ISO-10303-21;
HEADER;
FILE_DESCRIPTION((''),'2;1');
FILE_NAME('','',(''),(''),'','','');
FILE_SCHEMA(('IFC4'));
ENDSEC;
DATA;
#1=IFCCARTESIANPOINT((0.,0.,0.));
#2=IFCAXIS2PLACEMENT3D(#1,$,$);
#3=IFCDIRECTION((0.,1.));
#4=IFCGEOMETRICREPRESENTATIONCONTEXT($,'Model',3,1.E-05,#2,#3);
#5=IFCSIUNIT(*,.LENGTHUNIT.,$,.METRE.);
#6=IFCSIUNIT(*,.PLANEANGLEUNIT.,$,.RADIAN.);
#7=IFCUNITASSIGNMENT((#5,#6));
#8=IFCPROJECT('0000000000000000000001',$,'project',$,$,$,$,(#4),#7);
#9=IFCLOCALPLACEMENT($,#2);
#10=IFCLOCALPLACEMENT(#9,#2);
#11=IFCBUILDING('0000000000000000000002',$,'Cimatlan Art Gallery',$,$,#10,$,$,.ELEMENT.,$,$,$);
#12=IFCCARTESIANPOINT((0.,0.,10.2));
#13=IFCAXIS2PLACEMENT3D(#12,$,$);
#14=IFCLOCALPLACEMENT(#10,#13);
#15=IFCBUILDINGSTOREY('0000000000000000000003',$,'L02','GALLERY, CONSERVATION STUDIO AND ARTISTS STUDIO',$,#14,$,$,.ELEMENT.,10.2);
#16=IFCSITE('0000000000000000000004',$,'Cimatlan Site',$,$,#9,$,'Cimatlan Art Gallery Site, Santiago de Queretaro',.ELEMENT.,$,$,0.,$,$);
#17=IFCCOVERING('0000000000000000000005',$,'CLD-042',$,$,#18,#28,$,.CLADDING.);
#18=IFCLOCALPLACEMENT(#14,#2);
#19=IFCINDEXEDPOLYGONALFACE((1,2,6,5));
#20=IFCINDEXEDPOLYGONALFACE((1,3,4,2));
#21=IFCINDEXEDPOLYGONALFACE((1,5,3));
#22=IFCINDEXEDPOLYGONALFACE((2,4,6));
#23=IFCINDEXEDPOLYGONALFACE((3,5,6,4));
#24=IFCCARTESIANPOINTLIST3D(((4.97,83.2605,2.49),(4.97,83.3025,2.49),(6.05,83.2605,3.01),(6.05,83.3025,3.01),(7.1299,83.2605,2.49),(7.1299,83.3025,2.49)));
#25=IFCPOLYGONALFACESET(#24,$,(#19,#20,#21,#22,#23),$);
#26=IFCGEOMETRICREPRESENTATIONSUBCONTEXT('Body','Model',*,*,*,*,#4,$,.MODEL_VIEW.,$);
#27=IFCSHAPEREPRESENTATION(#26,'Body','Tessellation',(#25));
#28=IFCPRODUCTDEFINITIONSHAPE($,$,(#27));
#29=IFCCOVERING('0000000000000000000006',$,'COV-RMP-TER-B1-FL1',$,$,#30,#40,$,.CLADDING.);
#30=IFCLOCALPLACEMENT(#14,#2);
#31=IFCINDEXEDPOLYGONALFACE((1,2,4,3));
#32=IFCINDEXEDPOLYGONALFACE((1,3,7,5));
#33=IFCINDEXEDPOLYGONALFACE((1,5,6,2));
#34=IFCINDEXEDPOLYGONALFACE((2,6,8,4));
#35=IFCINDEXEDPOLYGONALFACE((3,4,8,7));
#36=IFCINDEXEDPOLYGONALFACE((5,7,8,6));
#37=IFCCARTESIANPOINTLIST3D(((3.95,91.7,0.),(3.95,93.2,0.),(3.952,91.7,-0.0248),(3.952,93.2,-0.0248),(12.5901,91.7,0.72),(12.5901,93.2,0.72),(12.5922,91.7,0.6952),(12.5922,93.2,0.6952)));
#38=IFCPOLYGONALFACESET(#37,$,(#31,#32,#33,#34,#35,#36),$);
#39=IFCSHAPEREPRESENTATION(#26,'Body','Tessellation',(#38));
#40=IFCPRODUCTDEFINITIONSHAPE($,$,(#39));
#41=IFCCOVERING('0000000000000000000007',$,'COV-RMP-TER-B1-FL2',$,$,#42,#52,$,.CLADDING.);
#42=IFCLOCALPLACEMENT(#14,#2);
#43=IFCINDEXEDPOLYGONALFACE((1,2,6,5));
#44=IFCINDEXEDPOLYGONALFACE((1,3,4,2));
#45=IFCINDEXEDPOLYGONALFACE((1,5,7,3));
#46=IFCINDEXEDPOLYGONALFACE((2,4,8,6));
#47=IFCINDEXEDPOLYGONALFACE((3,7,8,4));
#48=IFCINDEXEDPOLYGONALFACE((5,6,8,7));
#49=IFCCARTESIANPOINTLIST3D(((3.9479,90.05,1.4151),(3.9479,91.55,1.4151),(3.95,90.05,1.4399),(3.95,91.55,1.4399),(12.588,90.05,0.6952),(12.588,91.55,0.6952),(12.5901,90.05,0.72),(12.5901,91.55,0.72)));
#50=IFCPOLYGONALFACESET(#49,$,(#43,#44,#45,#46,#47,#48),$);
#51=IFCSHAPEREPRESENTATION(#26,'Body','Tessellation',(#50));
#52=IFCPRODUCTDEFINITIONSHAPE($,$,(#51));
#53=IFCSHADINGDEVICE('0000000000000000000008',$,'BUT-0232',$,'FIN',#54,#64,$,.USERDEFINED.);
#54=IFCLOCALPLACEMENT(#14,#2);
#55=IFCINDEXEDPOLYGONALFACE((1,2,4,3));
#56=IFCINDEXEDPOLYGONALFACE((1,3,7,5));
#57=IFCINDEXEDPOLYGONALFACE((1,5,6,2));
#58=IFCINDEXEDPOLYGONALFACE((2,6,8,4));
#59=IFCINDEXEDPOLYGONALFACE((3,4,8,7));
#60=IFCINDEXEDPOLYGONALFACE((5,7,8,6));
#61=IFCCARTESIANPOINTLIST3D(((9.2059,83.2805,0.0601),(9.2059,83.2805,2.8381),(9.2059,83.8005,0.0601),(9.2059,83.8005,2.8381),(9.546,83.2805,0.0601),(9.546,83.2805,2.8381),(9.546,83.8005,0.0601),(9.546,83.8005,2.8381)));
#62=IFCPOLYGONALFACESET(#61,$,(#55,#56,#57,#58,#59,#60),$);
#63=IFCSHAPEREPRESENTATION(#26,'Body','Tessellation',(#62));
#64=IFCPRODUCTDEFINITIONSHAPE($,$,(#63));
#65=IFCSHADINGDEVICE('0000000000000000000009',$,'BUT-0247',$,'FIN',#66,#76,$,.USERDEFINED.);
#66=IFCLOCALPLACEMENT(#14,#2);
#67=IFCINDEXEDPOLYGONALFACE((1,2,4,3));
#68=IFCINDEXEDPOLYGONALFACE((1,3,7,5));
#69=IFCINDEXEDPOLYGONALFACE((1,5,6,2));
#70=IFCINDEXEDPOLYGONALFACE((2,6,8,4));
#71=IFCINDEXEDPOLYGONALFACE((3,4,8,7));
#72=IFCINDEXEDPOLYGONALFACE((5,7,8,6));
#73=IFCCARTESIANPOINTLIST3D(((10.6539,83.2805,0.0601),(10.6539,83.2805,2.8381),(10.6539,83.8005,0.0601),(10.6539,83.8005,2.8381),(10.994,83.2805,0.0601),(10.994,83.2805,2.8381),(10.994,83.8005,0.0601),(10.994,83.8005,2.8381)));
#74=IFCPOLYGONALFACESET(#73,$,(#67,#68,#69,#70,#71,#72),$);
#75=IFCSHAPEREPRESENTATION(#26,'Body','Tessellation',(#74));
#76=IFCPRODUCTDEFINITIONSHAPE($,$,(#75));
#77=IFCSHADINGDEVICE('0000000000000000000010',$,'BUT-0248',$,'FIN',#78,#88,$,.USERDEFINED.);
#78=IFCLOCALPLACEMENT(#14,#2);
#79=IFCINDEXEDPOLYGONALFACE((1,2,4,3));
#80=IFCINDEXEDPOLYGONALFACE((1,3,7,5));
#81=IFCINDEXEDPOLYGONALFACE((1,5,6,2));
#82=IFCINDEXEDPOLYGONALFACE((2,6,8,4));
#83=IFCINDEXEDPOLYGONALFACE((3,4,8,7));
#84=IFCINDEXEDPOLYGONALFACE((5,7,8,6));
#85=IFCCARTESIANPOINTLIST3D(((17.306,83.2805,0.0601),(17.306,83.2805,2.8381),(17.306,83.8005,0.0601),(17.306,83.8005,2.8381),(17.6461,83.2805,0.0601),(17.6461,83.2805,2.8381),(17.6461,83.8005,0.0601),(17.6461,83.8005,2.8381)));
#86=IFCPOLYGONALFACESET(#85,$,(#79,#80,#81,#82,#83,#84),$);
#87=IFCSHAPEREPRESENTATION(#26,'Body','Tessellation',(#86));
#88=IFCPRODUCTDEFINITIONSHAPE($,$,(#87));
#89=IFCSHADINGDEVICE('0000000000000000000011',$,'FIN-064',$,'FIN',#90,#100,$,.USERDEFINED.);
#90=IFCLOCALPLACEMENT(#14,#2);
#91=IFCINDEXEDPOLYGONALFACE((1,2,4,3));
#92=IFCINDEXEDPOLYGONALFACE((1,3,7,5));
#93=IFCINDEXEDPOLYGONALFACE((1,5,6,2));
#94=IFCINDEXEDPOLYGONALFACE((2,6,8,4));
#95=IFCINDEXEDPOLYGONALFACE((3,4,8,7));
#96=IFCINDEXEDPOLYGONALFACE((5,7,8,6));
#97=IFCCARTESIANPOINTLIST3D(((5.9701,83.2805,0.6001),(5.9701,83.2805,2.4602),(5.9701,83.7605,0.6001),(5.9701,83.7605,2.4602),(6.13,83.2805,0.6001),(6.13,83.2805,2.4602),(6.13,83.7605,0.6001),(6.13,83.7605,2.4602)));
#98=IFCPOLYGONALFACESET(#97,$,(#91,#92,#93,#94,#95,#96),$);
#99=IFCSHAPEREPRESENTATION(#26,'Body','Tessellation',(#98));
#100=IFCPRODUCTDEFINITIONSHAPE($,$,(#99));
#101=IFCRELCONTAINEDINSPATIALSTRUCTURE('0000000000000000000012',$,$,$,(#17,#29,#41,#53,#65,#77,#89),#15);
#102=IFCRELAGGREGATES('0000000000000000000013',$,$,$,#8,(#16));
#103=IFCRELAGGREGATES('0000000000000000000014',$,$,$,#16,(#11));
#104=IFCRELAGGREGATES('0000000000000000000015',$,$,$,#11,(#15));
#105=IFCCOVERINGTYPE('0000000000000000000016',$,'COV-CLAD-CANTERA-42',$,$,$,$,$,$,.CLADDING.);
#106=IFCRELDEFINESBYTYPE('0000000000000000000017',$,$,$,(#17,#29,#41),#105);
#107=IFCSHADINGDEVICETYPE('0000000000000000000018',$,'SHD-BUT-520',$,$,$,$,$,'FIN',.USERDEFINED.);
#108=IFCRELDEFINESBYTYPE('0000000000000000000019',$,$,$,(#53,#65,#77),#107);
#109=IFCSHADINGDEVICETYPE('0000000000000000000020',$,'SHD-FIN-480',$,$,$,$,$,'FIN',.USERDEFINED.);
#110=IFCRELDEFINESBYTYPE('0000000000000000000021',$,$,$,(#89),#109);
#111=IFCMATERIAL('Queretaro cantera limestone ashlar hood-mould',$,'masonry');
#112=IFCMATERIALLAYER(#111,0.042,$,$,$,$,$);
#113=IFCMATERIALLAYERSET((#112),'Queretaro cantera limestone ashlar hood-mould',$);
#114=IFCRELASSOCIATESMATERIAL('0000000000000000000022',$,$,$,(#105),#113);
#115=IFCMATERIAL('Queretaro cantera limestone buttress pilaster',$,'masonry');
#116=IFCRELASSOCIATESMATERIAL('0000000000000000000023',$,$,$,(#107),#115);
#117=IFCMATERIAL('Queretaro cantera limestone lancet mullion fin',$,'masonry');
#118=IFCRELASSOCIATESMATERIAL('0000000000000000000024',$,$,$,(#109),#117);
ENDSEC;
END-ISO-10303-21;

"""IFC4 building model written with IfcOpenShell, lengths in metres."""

from ifc_helpers import new_model, si_unit, direction, frame, origin, origin_2d, place, context, subcontext, project, spatial, polyline, rectangle, outline, extrude, material, layer, layer_set, type_object, element, save


model = new_model("IFC4")

# Units and contexts
model_context = context("Model", 3, precision=1e-05, world=origin(), true_north=direction((0.0, 1.0)))
body_context = subcontext(model_context, "Body", "Model", "MODEL_VIEW")
ifc_project = project(units=[si_unit("LENGTHUNIT", "METRE"), si_unit("PLANEANGLEUNIT", "RADIAN")], contexts=[model_context])

# Site, building, storey
site_placement = place(None, origin())
site = spatial("IfcSite", under=ifc_project, at=site_placement, Name="Cimatlan Site", LongName="Cimatlan Art Gallery Site, Santiago de Queretaro", CompositionType="ELEMENT", RefElevation=0.0)
building_placement = place(site_placement, origin())
building = spatial("IfcBuilding", under=site, at=building_placement, Name="Cimatlan Art Gallery", CompositionType="ELEMENT")
storey_placement = place(building_placement, frame((0.0, 0.0, 10.2)))
storey = spatial("IfcBuildingStorey", under=building, at=storey_placement, Name="L02", Description="GALLERY, CONSERVATION STUDIO AND ARTISTS STUDIO", CompositionType="ELEMENT", Elevation=10.2)

# Coverings
ifc_material_1 = material(Name="Queretaro cantera limestone ashlar hood-mould", Category="masonry")
ifc_layer_1 = layer(ifc_material_1, 0.042)
ifc_layer_set_1 = layer_set([ifc_layer_1], Name="Queretaro cantera limestone ashlar hood-mould")
covering_type = type_object("IfcCoveringType", Name="COV-CLAD-CANTERA-42", PredefinedType="CLADDING", material=ifc_layer_set_1)
covering_placement = place(storey_placement, frame((4.97, 83.2605, 2.49), z_axis=(0.0, -1.0, 0.0), x_axis=(1.0, 0.0, 0.0)))
element("IfcCovering", 1, at=covering_placement, inside=storey, type_object=covering_type, Name="CLD-042", PredefinedType="CLADDING", context=body_context, shape_type="SweptSolid", body=[
    extrude(outline(polyline([(0.0, 0.0), (2.1599, 0.0), (1.0801, 0.52), (0.0, 0.0)])), origin(), (0.0, 0.0, -1.0), 0.042),
])
for number, where, z_axis, x_axis, name in (
    (2, (3.95, 91.7, 0.0), (-0.083041, 0.0, 0.996546), (0.996546, 0.0, 0.083041), "COV-RMP-TER-B1-FL1"),
    (3, (3.95, 90.05, 1.4399), (0.083041, 0.0, 0.996546), (0.996546, 0.0, -0.083041), "COV-RMP-TER-B1-FL2"),
):
    element("IfcCovering", number, at=place(storey_placement, frame(where, z_axis=z_axis, x_axis=x_axis)), inside=storey, type_object=covering_type, Name=name, PredefinedType="CLADDING", context=body_context, shape_type="SweptSolid", body=[
        extrude(outline(polyline([(0.0, 0.0), (8.6701, 0.0), (8.6701, 1.5), (0.0, 1.5), (0.0, 0.0)])), origin(), (0.0, 0.0, -1.0), 0.0249),
    ])

# Shading devices
ifc_material_2 = material(Name="Queretaro cantera limestone buttress pilaster", Category="masonry")
shading_device_type_1 = type_object("IfcShadingDeviceType", Name="SHD-BUT-520", ElementType="FIN", PredefinedType="USERDEFINED", material=ifc_material_2)
for number, where, z_axis, x_axis, name in (
    (4, (9.376, 83.5405, 0.0601), (0.0, 0.0, 1.0), (1.0, 0.0, 0.0), "BUT-0232"),
    (5, (10.824, 83.5405, 0.0601), (0.0, 0.0, 1.0), (1.0, 0.0, 0.0), "BUT-0247"),
    (6, (17.4761, 83.5405, 0.0601), (0.0, 0.0, 1.0), (1.0, 0.0, 0.0), "BUT-0248"),
):
    element("IfcShadingDevice", number, at=place(storey_placement, frame(where, z_axis=z_axis, x_axis=x_axis)), inside=storey, type_object=shading_device_type_1, Name=name, ObjectType="FIN", PredefinedType="USERDEFINED", context=body_context, shape_type="SweptSolid", body=[
        extrude(rectangle(XDim=0.3401, YDim=0.52, at=origin_2d()), origin(), (0.0, 0.0, 1.0), 2.7781),
    ])
ifc_material_3 = material(Name="Queretaro cantera limestone lancet mullion fin", Category="masonry")
shading_device_type_2 = type_object("IfcShadingDeviceType", Name="SHD-FIN-480", ElementType="FIN", PredefinedType="USERDEFINED", material=ifc_material_3)
shading_device_placement = place(storey_placement, frame((6.05, 83.5205, 0.6001), z_axis=(0.0, 0.0, 1.0), x_axis=(1.0, 0.0, 0.0)))
element("IfcShadingDevice", 7, at=shading_device_placement, inside=storey, type_object=shading_device_type_2, Name="FIN-064", ObjectType="FIN", PredefinedType="USERDEFINED", context=body_context, shape_type="SweptSolid", body=[
    extrude(rectangle(XDim=0.1599, YDim=0.48, at=origin_2d()), origin(), (0.0, 0.0, 1.0), 1.8601),
])

save(model, "model.ifc")
